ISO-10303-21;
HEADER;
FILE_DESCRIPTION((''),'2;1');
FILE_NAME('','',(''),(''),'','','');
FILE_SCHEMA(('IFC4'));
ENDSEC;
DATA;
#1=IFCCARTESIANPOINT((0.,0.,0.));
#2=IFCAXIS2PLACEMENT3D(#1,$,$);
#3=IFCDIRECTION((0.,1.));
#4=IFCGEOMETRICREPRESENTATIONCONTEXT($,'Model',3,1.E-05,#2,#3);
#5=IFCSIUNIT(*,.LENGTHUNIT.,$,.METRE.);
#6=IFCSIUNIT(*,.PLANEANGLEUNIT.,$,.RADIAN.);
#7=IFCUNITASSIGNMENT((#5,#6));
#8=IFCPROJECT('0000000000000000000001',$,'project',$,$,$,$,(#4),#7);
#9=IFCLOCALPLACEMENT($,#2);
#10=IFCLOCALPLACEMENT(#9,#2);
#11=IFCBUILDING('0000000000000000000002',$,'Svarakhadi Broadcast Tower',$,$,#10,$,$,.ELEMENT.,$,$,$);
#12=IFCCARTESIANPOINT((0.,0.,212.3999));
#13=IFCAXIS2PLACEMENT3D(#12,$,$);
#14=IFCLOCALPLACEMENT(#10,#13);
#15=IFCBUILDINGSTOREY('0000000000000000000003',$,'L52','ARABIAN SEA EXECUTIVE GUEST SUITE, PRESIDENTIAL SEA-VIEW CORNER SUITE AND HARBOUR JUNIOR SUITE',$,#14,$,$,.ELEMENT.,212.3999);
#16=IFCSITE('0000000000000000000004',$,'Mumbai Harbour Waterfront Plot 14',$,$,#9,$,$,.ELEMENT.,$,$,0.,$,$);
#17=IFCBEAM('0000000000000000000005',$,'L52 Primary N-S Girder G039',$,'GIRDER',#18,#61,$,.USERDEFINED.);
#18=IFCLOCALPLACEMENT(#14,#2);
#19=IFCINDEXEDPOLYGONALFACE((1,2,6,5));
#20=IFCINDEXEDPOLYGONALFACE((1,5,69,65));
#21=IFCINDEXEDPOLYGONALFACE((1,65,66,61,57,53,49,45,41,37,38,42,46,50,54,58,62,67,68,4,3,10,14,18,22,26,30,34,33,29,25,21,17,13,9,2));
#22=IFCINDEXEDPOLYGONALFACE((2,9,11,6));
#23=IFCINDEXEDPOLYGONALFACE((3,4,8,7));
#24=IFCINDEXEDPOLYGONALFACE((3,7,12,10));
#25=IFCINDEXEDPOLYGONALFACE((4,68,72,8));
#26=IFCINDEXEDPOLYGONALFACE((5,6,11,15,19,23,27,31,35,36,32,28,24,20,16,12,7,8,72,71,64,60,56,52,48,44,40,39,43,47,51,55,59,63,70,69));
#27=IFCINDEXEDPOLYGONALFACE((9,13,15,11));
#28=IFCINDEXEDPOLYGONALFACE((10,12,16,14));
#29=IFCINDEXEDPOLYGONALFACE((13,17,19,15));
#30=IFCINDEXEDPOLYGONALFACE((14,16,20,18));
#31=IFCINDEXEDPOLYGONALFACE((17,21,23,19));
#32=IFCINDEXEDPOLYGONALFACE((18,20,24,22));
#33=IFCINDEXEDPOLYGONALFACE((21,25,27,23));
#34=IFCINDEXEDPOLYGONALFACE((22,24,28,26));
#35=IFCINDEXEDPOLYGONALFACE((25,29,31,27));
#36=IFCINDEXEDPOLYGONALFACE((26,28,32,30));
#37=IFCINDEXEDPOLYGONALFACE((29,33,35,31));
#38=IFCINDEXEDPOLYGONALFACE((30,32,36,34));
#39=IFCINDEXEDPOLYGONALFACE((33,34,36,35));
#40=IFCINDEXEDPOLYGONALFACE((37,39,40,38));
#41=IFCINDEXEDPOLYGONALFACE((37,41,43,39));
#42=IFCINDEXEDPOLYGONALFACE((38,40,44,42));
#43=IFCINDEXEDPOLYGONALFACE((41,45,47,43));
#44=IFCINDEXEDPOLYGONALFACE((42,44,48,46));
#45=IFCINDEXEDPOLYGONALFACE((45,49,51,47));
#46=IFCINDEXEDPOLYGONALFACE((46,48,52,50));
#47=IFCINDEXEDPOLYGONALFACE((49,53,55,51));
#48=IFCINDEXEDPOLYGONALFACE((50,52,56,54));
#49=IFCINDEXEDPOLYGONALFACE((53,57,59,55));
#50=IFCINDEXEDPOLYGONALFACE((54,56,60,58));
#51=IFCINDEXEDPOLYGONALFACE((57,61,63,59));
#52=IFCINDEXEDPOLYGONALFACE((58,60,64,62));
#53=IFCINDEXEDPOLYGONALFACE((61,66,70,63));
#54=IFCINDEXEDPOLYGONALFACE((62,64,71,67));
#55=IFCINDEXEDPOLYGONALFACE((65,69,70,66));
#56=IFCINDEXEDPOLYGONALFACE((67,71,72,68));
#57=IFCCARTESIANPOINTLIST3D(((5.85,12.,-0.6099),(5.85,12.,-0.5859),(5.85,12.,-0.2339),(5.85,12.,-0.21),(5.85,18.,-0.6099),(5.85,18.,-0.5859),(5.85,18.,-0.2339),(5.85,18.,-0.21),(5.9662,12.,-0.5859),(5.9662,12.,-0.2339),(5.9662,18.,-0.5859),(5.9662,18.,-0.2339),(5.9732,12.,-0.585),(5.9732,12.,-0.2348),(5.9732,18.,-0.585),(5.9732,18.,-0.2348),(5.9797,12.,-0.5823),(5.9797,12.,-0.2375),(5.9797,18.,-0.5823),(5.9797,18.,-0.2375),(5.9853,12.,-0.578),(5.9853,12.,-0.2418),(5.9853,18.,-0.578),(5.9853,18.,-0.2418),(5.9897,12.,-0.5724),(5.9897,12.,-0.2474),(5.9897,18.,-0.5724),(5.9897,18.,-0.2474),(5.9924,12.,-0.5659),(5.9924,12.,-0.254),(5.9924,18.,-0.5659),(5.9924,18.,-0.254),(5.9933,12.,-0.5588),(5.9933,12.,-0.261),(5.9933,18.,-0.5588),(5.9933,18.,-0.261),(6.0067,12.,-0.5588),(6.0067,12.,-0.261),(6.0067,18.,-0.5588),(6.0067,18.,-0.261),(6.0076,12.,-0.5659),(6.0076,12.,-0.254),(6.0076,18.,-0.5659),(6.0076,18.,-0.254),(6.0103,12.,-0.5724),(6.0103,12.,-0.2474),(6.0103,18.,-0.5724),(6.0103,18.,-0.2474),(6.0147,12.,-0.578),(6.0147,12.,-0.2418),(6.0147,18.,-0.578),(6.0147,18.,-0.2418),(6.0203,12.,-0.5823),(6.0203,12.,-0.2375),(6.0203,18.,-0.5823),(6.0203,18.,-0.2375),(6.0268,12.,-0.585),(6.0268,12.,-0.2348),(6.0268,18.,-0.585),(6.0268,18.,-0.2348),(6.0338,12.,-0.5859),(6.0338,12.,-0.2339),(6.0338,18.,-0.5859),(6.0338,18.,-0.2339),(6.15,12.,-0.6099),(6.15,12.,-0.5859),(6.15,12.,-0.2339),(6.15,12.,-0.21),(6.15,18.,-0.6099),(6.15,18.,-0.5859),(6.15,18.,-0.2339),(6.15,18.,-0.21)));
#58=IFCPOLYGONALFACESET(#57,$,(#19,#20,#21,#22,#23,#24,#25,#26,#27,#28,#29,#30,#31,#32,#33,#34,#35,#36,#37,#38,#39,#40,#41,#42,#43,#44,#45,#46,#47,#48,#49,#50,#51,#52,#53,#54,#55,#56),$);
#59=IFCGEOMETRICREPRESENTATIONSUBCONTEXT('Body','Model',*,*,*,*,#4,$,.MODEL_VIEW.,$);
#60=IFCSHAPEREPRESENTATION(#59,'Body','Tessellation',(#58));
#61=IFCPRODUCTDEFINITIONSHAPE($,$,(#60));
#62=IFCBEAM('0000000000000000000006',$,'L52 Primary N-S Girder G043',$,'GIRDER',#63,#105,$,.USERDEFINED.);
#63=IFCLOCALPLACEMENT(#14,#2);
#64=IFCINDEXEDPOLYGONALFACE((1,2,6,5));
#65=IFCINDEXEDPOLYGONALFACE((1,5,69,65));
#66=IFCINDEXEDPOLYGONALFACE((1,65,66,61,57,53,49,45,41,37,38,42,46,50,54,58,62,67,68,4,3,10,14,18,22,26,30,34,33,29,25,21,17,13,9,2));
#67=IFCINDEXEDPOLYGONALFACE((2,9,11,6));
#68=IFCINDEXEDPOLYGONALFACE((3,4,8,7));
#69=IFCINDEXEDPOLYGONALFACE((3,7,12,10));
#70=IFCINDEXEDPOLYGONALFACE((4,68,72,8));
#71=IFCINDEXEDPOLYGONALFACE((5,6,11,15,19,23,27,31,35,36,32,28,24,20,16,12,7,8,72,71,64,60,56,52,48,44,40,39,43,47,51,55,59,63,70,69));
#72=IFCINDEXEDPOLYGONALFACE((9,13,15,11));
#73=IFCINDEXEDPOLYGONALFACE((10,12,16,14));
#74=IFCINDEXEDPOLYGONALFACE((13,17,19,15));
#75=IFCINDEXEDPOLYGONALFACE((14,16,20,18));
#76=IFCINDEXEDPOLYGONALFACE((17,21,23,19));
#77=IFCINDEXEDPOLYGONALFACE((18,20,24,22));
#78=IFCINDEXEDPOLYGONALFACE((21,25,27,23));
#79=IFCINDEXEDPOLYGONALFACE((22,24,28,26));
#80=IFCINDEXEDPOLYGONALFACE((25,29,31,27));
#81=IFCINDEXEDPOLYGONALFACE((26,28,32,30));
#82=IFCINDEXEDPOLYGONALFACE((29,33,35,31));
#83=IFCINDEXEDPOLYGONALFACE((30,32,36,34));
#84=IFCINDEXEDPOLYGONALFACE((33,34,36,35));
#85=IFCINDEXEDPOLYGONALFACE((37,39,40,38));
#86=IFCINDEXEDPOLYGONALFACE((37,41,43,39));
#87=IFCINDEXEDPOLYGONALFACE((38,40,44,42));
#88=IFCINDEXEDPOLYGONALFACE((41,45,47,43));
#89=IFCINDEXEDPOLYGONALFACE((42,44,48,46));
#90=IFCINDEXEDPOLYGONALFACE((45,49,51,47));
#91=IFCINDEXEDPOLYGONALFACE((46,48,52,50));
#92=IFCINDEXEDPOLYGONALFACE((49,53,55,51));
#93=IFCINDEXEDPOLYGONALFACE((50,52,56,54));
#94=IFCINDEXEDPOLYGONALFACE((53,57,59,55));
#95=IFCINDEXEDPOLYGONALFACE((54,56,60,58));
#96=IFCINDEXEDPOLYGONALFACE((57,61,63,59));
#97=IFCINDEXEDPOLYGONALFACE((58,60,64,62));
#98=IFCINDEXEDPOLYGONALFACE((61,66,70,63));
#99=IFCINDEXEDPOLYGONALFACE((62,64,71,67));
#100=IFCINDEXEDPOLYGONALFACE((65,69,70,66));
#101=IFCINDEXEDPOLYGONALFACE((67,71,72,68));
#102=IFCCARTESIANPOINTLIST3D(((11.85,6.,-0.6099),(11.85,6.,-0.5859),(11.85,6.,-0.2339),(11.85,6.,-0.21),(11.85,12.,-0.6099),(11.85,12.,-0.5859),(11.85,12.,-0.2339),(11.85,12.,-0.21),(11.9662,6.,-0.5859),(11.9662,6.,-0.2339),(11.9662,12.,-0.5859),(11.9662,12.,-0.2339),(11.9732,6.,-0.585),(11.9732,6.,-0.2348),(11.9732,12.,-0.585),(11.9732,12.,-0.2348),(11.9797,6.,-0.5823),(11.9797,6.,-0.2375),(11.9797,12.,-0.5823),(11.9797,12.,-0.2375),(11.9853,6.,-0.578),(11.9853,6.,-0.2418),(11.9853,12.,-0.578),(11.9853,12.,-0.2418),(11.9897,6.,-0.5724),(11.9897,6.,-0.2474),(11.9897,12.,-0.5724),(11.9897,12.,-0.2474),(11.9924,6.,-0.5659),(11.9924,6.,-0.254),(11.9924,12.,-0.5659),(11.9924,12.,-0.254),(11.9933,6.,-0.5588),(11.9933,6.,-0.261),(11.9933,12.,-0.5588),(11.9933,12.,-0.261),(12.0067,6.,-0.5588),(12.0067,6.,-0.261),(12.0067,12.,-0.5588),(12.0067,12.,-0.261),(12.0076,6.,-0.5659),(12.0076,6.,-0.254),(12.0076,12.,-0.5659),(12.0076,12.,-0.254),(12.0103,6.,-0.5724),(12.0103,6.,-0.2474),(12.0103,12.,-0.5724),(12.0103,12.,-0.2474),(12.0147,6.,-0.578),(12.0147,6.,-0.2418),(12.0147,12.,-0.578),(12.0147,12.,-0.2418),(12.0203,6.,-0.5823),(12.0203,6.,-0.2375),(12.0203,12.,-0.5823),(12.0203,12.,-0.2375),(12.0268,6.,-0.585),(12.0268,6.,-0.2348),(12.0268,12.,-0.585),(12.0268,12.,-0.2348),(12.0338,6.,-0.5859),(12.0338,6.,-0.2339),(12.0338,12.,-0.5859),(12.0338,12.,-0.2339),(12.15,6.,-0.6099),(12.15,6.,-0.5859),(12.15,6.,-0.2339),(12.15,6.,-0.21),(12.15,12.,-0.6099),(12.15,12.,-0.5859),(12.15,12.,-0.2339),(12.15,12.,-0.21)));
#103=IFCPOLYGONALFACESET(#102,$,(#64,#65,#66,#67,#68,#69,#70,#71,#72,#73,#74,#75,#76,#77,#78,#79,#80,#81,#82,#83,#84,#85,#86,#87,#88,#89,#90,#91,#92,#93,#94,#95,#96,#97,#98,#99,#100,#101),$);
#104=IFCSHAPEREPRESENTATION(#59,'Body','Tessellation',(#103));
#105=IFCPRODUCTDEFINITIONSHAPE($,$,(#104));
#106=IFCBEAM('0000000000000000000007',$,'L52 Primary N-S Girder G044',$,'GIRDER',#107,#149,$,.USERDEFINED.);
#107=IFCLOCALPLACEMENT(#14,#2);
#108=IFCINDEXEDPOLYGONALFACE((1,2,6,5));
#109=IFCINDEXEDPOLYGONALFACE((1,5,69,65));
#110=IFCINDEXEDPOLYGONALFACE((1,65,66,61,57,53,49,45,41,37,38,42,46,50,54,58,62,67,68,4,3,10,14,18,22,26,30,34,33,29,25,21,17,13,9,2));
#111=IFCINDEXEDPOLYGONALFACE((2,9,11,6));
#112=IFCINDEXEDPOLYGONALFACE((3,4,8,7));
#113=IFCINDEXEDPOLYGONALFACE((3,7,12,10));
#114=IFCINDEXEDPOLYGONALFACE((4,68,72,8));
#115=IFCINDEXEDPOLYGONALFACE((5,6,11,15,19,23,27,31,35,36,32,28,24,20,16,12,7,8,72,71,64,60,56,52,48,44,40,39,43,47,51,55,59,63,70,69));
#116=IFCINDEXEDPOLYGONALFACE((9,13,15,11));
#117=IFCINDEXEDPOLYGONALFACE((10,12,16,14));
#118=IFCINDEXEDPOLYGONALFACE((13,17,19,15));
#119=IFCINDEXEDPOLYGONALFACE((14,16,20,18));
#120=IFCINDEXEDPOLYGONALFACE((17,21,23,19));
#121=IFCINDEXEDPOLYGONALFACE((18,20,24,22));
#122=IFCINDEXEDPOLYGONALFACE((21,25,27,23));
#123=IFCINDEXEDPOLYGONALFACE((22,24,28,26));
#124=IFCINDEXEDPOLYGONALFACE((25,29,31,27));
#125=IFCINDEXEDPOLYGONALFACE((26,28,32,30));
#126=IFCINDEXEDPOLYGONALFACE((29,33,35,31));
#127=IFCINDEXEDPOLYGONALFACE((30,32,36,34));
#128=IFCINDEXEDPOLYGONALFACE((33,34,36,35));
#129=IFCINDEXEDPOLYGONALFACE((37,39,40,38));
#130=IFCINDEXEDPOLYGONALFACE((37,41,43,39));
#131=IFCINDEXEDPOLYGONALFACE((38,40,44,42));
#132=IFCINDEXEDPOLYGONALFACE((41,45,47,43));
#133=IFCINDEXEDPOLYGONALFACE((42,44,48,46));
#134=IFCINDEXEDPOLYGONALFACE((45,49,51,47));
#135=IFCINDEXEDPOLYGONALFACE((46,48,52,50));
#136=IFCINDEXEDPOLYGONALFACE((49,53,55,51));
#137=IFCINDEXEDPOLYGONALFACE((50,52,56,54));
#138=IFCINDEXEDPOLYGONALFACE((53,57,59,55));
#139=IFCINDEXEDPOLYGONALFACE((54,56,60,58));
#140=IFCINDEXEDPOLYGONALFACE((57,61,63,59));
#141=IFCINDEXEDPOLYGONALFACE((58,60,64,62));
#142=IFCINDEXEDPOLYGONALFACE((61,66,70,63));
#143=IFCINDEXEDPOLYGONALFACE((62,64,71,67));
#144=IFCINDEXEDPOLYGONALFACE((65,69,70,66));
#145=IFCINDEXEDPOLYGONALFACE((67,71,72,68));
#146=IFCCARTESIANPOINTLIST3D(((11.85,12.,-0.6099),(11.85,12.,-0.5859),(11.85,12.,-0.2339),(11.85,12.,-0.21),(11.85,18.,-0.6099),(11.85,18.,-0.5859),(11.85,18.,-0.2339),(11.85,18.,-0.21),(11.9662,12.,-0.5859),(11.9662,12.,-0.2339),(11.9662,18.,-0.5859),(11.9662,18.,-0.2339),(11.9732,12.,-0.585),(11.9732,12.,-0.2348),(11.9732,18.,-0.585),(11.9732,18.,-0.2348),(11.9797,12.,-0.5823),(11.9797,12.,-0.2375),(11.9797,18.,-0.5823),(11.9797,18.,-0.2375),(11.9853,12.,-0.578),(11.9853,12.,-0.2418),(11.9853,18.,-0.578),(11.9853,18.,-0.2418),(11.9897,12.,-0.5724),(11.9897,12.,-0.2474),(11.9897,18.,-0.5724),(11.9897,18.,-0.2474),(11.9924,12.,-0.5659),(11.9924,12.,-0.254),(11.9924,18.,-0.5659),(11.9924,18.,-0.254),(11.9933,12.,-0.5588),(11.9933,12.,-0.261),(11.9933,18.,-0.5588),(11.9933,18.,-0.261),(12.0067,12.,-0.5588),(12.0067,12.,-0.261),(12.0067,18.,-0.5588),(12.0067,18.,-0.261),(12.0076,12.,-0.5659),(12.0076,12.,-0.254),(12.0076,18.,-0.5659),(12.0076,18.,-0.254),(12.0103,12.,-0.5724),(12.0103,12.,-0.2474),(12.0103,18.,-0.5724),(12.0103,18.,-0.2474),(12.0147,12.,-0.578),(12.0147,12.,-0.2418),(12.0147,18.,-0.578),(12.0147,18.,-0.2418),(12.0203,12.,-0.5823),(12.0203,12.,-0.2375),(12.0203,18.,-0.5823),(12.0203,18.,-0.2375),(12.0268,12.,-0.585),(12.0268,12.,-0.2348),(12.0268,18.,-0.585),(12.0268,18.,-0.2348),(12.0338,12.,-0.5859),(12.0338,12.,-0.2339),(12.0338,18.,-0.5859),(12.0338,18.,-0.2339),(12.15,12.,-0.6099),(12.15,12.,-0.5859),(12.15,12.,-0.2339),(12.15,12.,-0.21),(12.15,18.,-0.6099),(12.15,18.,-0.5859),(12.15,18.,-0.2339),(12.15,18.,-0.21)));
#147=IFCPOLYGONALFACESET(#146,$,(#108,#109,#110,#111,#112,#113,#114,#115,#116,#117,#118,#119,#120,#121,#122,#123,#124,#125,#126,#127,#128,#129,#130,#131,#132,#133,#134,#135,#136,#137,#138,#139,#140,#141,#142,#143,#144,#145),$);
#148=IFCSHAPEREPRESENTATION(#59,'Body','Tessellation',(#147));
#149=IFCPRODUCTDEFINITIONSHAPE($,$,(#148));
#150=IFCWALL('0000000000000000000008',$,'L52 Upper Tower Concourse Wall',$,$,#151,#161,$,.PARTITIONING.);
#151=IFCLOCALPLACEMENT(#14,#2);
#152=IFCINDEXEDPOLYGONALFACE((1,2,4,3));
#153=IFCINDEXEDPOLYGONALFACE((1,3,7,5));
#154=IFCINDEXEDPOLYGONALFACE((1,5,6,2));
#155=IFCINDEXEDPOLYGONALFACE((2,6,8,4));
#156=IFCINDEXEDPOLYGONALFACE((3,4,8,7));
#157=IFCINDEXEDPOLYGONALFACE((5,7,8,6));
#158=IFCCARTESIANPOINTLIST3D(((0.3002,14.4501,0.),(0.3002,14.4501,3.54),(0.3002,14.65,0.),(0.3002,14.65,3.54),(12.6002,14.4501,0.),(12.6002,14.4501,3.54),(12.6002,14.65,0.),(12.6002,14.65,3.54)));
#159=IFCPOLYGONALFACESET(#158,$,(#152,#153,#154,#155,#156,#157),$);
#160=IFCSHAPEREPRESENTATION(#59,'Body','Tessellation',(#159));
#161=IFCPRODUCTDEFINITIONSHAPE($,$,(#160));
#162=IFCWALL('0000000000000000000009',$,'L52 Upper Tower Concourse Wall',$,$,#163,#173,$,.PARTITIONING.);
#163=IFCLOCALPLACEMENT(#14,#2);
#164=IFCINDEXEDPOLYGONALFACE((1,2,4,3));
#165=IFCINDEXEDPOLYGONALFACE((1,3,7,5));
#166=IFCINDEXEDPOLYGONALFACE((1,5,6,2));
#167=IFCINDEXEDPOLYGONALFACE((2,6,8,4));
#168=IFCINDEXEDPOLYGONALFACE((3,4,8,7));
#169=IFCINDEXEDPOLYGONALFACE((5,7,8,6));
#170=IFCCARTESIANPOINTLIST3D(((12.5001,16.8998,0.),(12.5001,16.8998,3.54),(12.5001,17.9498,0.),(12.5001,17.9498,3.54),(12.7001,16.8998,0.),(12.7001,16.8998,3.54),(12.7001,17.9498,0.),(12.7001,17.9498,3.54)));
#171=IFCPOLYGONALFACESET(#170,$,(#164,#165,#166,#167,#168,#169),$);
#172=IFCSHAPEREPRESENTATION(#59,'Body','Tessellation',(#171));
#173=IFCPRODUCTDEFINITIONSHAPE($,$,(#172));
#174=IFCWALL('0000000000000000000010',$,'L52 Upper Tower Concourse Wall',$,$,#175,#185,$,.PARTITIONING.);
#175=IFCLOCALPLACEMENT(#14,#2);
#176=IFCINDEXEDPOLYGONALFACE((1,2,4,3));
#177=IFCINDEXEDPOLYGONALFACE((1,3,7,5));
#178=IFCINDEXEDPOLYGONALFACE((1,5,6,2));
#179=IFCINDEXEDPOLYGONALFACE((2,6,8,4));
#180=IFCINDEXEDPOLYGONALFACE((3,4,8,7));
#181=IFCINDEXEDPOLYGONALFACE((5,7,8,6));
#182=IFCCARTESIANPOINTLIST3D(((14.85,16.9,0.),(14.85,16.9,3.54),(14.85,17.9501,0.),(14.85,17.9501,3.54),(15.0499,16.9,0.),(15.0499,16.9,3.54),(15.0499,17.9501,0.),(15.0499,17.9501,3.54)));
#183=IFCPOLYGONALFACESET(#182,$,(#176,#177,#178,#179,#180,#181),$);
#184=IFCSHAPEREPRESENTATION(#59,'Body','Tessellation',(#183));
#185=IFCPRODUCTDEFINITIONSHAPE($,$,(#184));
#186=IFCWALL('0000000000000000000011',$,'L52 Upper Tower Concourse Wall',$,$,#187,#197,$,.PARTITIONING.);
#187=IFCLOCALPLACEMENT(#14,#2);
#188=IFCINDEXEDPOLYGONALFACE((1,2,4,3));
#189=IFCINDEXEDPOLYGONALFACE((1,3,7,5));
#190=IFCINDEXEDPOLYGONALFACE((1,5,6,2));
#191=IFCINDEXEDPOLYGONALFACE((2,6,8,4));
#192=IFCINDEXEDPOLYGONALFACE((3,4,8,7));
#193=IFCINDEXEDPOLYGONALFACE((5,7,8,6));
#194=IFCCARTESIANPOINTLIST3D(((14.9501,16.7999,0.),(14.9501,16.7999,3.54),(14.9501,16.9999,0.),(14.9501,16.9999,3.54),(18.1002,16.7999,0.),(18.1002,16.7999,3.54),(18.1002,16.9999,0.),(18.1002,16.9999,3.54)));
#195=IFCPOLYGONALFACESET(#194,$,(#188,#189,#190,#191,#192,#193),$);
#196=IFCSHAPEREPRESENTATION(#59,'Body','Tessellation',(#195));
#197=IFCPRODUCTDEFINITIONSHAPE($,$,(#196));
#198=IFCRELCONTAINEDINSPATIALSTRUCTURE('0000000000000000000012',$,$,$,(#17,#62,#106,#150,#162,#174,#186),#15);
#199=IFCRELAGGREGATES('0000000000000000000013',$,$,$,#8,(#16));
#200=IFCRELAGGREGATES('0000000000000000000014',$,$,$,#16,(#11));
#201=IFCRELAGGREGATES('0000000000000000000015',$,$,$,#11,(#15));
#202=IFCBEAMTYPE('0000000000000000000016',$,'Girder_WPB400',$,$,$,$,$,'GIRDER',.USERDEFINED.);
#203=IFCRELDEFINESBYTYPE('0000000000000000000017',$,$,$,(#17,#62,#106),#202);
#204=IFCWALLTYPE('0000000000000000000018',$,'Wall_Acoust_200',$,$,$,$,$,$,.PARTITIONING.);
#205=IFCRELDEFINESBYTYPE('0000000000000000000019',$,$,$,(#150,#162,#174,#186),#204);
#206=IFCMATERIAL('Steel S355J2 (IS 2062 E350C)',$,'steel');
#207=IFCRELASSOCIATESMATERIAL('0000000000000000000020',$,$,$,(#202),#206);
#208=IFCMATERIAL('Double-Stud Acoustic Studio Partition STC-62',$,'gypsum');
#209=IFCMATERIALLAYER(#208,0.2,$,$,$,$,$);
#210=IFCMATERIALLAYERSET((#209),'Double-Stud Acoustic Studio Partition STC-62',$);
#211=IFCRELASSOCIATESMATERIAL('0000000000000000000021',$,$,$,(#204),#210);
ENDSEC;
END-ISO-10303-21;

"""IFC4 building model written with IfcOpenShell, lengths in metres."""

from ifc_helpers import new_model, si_unit, direction, frame, frame_2d, origin, origin_2d, place, context, subcontext, project, spatial, rectangle, i_section, extrude, material, layer, layer_set, material_profile, profile_set, type_object, element, save


model = new_model("IFC4")

# Units and contexts
model_context = context("Model", 3, precision=1e-05, world=origin(), true_north=direction((0.0, 1.0)))
body_context = subcontext(model_context, "Body", "Model", "MODEL_VIEW")
ifc_project = project(units=[si_unit("LENGTHUNIT", "METRE"), si_unit("PLANEANGLEUNIT", "RADIAN")], contexts=[model_context])

# Site, building, storey
site_placement = place(None, origin())
site = spatial("IfcSite", under=ifc_project, at=site_placement, Name="Mumbai Harbour Waterfront Plot 14", CompositionType="ELEMENT", RefElevation=0.0)
building_placement = place(site_placement, origin())
building = spatial("IfcBuilding", under=site, at=building_placement, Name="Svarakhadi Broadcast Tower", CompositionType="ELEMENT")
storey_placement = place(building_placement, frame((0.0, 0.0, 212.3999)))
storey = spatial("IfcBuildingStorey", under=building, at=storey_placement, Name="L52", Description="ARABIAN SEA EXECUTIVE GUEST SUITE, PRESIDENTIAL SEA-VIEW CORNER SUITE AND HARBOUR JUNIOR SUITE", CompositionType="ELEMENT", Elevation=212.3999)

# Beams
ifc_material_1 = material(Name="Steel S355J2 (IS 2062 E350C)", Category="steel")
ifc_material_profile_1 = material_profile(ifc_material_1, i_section(OverallWidth=0.3, OverallDepth=0.3999, WebThickness=0.0134, FlangeThickness=0.0239, FilletRadius=0.0271, at=origin_2d()), Name="WPB 400x300x155")
ifc_profile_set_1 = profile_set([ifc_material_profile_1], Name="Steel S355J2 (IS 2062 E350C)")
beam_type_1 = type_object("IfcBeamType", Name="Girder_WPB400", ElementType="GIRDER", PredefinedType="USERDEFINED", material=ifc_profile_set_1)
for number, where, z_axis, x_axis, name in (
    (1, (6.0, 12.0, -0.4099), (0.0, 1.0, 0.0), (-1.0, 0.0, 0.0), "L52 Primary N-S Girder G039"),
    (2, (12.0, 6.0, -0.4099), (0.0, 1.0, 0.0), (-1.0, 0.0, 0.0), "L52 Primary N-S Girder G043"),
    (3, (12.0, 12.0, -0.4099), (0.0, 1.0, 0.0), (-1.0, 0.0, 0.0), "L52 Primary N-S Girder G044"),
):
    element("IfcBeam", number, at=place(storey_placement, frame(where, z_axis=z_axis, x_axis=x_axis)), inside=storey, type_object=beam_type_1, Name=name, ObjectType="GIRDER", PredefinedType="USERDEFINED", context=body_context, shape_type="SweptSolid", body=[
        extrude(i_section(OverallWidth=0.3, OverallDepth=0.3999, WebThickness=0.0134, FlangeThickness=0.0239, FilletRadius=0.0271, at=origin_2d()), origin(), (0.0, 0.0, 1.0), 6.0),
    ])

# Walls
ifc_material_2 = material(Name="Double-Stud Acoustic Studio Partition STC-62", Category="gypsum")
ifc_layer_1 = layer(ifc_material_2, 0.2)
ifc_layer_set_1 = layer_set([ifc_layer_1], Name="Double-Stud Acoustic Studio Partition STC-62")
wall_type_1 = type_object("IfcWallType", Name="Wall_Acoust_200", PredefinedType="PARTITIONING", material=ifc_layer_set_1)
wall_1_placement = place(storey_placement, frame((12.6001, 14.55, 0.0), z_axis=(0.0, 0.0, 1.0), x_axis=(-1.0, 0.0, 0.0)))
element("IfcWall", 4, at=wall_1_placement, inside=storey, type_object=wall_type_1, Name="L52 Upper Tower Concourse Wall", PredefinedType="PARTITIONING", context=body_context, shape_type="SweptSolid", body=[
    extrude(rectangle(XDim=12.3, YDim=0.2, at=frame_2d((6.1499, 0.0))), origin(), (0.0, 0.0, 1.0), 3.54),
])
for number, where, z_axis, x_axis, name in (
    (5, (12.6001, 16.8999, 0.0), (0.0, 0.0, 1.0), (0.0, 1.0, 0.0), "L52 Upper Tower Concourse Wall"),
    (6, (14.95, 17.95, 0.0), (0.0, 0.0, 1.0), (0.0, -1.0, 0.0), "L52 Upper Tower Concourse Wall"),
):
    element("IfcWall", number, at=place(storey_placement, frame(where, z_axis=z_axis, x_axis=x_axis)), inside=storey, type_object=wall_type_1, Name=name, PredefinedType="PARTITIONING", context=body_context, shape_type="SweptSolid", body=[
        extrude(rectangle(XDim=1.05, YDim=0.2, at=frame_2d((0.5249, 0.0))), origin(), (0.0, 0.0, 1.0), 3.54),
    ])
wall_2_placement = place(storey_placement, frame((14.95, 16.8999, 0.0), z_axis=(0.0, 0.0, 1.0), x_axis=(1.0, 0.0, 0.0)))
element("IfcWall", 7, at=wall_2_placement, inside=storey, type_object=wall_type_1, Name="L52 Upper Tower Concourse Wall", PredefinedType="PARTITIONING", context=body_context, shape_type="SweptSolid", body=[
    extrude(rectangle(XDim=3.1501, YDim=0.2, at=frame_2d((1.5752, 0.0))), origin(), (0.0, 0.0, 1.0), 3.54),
])

save(model, "model.ifc")
